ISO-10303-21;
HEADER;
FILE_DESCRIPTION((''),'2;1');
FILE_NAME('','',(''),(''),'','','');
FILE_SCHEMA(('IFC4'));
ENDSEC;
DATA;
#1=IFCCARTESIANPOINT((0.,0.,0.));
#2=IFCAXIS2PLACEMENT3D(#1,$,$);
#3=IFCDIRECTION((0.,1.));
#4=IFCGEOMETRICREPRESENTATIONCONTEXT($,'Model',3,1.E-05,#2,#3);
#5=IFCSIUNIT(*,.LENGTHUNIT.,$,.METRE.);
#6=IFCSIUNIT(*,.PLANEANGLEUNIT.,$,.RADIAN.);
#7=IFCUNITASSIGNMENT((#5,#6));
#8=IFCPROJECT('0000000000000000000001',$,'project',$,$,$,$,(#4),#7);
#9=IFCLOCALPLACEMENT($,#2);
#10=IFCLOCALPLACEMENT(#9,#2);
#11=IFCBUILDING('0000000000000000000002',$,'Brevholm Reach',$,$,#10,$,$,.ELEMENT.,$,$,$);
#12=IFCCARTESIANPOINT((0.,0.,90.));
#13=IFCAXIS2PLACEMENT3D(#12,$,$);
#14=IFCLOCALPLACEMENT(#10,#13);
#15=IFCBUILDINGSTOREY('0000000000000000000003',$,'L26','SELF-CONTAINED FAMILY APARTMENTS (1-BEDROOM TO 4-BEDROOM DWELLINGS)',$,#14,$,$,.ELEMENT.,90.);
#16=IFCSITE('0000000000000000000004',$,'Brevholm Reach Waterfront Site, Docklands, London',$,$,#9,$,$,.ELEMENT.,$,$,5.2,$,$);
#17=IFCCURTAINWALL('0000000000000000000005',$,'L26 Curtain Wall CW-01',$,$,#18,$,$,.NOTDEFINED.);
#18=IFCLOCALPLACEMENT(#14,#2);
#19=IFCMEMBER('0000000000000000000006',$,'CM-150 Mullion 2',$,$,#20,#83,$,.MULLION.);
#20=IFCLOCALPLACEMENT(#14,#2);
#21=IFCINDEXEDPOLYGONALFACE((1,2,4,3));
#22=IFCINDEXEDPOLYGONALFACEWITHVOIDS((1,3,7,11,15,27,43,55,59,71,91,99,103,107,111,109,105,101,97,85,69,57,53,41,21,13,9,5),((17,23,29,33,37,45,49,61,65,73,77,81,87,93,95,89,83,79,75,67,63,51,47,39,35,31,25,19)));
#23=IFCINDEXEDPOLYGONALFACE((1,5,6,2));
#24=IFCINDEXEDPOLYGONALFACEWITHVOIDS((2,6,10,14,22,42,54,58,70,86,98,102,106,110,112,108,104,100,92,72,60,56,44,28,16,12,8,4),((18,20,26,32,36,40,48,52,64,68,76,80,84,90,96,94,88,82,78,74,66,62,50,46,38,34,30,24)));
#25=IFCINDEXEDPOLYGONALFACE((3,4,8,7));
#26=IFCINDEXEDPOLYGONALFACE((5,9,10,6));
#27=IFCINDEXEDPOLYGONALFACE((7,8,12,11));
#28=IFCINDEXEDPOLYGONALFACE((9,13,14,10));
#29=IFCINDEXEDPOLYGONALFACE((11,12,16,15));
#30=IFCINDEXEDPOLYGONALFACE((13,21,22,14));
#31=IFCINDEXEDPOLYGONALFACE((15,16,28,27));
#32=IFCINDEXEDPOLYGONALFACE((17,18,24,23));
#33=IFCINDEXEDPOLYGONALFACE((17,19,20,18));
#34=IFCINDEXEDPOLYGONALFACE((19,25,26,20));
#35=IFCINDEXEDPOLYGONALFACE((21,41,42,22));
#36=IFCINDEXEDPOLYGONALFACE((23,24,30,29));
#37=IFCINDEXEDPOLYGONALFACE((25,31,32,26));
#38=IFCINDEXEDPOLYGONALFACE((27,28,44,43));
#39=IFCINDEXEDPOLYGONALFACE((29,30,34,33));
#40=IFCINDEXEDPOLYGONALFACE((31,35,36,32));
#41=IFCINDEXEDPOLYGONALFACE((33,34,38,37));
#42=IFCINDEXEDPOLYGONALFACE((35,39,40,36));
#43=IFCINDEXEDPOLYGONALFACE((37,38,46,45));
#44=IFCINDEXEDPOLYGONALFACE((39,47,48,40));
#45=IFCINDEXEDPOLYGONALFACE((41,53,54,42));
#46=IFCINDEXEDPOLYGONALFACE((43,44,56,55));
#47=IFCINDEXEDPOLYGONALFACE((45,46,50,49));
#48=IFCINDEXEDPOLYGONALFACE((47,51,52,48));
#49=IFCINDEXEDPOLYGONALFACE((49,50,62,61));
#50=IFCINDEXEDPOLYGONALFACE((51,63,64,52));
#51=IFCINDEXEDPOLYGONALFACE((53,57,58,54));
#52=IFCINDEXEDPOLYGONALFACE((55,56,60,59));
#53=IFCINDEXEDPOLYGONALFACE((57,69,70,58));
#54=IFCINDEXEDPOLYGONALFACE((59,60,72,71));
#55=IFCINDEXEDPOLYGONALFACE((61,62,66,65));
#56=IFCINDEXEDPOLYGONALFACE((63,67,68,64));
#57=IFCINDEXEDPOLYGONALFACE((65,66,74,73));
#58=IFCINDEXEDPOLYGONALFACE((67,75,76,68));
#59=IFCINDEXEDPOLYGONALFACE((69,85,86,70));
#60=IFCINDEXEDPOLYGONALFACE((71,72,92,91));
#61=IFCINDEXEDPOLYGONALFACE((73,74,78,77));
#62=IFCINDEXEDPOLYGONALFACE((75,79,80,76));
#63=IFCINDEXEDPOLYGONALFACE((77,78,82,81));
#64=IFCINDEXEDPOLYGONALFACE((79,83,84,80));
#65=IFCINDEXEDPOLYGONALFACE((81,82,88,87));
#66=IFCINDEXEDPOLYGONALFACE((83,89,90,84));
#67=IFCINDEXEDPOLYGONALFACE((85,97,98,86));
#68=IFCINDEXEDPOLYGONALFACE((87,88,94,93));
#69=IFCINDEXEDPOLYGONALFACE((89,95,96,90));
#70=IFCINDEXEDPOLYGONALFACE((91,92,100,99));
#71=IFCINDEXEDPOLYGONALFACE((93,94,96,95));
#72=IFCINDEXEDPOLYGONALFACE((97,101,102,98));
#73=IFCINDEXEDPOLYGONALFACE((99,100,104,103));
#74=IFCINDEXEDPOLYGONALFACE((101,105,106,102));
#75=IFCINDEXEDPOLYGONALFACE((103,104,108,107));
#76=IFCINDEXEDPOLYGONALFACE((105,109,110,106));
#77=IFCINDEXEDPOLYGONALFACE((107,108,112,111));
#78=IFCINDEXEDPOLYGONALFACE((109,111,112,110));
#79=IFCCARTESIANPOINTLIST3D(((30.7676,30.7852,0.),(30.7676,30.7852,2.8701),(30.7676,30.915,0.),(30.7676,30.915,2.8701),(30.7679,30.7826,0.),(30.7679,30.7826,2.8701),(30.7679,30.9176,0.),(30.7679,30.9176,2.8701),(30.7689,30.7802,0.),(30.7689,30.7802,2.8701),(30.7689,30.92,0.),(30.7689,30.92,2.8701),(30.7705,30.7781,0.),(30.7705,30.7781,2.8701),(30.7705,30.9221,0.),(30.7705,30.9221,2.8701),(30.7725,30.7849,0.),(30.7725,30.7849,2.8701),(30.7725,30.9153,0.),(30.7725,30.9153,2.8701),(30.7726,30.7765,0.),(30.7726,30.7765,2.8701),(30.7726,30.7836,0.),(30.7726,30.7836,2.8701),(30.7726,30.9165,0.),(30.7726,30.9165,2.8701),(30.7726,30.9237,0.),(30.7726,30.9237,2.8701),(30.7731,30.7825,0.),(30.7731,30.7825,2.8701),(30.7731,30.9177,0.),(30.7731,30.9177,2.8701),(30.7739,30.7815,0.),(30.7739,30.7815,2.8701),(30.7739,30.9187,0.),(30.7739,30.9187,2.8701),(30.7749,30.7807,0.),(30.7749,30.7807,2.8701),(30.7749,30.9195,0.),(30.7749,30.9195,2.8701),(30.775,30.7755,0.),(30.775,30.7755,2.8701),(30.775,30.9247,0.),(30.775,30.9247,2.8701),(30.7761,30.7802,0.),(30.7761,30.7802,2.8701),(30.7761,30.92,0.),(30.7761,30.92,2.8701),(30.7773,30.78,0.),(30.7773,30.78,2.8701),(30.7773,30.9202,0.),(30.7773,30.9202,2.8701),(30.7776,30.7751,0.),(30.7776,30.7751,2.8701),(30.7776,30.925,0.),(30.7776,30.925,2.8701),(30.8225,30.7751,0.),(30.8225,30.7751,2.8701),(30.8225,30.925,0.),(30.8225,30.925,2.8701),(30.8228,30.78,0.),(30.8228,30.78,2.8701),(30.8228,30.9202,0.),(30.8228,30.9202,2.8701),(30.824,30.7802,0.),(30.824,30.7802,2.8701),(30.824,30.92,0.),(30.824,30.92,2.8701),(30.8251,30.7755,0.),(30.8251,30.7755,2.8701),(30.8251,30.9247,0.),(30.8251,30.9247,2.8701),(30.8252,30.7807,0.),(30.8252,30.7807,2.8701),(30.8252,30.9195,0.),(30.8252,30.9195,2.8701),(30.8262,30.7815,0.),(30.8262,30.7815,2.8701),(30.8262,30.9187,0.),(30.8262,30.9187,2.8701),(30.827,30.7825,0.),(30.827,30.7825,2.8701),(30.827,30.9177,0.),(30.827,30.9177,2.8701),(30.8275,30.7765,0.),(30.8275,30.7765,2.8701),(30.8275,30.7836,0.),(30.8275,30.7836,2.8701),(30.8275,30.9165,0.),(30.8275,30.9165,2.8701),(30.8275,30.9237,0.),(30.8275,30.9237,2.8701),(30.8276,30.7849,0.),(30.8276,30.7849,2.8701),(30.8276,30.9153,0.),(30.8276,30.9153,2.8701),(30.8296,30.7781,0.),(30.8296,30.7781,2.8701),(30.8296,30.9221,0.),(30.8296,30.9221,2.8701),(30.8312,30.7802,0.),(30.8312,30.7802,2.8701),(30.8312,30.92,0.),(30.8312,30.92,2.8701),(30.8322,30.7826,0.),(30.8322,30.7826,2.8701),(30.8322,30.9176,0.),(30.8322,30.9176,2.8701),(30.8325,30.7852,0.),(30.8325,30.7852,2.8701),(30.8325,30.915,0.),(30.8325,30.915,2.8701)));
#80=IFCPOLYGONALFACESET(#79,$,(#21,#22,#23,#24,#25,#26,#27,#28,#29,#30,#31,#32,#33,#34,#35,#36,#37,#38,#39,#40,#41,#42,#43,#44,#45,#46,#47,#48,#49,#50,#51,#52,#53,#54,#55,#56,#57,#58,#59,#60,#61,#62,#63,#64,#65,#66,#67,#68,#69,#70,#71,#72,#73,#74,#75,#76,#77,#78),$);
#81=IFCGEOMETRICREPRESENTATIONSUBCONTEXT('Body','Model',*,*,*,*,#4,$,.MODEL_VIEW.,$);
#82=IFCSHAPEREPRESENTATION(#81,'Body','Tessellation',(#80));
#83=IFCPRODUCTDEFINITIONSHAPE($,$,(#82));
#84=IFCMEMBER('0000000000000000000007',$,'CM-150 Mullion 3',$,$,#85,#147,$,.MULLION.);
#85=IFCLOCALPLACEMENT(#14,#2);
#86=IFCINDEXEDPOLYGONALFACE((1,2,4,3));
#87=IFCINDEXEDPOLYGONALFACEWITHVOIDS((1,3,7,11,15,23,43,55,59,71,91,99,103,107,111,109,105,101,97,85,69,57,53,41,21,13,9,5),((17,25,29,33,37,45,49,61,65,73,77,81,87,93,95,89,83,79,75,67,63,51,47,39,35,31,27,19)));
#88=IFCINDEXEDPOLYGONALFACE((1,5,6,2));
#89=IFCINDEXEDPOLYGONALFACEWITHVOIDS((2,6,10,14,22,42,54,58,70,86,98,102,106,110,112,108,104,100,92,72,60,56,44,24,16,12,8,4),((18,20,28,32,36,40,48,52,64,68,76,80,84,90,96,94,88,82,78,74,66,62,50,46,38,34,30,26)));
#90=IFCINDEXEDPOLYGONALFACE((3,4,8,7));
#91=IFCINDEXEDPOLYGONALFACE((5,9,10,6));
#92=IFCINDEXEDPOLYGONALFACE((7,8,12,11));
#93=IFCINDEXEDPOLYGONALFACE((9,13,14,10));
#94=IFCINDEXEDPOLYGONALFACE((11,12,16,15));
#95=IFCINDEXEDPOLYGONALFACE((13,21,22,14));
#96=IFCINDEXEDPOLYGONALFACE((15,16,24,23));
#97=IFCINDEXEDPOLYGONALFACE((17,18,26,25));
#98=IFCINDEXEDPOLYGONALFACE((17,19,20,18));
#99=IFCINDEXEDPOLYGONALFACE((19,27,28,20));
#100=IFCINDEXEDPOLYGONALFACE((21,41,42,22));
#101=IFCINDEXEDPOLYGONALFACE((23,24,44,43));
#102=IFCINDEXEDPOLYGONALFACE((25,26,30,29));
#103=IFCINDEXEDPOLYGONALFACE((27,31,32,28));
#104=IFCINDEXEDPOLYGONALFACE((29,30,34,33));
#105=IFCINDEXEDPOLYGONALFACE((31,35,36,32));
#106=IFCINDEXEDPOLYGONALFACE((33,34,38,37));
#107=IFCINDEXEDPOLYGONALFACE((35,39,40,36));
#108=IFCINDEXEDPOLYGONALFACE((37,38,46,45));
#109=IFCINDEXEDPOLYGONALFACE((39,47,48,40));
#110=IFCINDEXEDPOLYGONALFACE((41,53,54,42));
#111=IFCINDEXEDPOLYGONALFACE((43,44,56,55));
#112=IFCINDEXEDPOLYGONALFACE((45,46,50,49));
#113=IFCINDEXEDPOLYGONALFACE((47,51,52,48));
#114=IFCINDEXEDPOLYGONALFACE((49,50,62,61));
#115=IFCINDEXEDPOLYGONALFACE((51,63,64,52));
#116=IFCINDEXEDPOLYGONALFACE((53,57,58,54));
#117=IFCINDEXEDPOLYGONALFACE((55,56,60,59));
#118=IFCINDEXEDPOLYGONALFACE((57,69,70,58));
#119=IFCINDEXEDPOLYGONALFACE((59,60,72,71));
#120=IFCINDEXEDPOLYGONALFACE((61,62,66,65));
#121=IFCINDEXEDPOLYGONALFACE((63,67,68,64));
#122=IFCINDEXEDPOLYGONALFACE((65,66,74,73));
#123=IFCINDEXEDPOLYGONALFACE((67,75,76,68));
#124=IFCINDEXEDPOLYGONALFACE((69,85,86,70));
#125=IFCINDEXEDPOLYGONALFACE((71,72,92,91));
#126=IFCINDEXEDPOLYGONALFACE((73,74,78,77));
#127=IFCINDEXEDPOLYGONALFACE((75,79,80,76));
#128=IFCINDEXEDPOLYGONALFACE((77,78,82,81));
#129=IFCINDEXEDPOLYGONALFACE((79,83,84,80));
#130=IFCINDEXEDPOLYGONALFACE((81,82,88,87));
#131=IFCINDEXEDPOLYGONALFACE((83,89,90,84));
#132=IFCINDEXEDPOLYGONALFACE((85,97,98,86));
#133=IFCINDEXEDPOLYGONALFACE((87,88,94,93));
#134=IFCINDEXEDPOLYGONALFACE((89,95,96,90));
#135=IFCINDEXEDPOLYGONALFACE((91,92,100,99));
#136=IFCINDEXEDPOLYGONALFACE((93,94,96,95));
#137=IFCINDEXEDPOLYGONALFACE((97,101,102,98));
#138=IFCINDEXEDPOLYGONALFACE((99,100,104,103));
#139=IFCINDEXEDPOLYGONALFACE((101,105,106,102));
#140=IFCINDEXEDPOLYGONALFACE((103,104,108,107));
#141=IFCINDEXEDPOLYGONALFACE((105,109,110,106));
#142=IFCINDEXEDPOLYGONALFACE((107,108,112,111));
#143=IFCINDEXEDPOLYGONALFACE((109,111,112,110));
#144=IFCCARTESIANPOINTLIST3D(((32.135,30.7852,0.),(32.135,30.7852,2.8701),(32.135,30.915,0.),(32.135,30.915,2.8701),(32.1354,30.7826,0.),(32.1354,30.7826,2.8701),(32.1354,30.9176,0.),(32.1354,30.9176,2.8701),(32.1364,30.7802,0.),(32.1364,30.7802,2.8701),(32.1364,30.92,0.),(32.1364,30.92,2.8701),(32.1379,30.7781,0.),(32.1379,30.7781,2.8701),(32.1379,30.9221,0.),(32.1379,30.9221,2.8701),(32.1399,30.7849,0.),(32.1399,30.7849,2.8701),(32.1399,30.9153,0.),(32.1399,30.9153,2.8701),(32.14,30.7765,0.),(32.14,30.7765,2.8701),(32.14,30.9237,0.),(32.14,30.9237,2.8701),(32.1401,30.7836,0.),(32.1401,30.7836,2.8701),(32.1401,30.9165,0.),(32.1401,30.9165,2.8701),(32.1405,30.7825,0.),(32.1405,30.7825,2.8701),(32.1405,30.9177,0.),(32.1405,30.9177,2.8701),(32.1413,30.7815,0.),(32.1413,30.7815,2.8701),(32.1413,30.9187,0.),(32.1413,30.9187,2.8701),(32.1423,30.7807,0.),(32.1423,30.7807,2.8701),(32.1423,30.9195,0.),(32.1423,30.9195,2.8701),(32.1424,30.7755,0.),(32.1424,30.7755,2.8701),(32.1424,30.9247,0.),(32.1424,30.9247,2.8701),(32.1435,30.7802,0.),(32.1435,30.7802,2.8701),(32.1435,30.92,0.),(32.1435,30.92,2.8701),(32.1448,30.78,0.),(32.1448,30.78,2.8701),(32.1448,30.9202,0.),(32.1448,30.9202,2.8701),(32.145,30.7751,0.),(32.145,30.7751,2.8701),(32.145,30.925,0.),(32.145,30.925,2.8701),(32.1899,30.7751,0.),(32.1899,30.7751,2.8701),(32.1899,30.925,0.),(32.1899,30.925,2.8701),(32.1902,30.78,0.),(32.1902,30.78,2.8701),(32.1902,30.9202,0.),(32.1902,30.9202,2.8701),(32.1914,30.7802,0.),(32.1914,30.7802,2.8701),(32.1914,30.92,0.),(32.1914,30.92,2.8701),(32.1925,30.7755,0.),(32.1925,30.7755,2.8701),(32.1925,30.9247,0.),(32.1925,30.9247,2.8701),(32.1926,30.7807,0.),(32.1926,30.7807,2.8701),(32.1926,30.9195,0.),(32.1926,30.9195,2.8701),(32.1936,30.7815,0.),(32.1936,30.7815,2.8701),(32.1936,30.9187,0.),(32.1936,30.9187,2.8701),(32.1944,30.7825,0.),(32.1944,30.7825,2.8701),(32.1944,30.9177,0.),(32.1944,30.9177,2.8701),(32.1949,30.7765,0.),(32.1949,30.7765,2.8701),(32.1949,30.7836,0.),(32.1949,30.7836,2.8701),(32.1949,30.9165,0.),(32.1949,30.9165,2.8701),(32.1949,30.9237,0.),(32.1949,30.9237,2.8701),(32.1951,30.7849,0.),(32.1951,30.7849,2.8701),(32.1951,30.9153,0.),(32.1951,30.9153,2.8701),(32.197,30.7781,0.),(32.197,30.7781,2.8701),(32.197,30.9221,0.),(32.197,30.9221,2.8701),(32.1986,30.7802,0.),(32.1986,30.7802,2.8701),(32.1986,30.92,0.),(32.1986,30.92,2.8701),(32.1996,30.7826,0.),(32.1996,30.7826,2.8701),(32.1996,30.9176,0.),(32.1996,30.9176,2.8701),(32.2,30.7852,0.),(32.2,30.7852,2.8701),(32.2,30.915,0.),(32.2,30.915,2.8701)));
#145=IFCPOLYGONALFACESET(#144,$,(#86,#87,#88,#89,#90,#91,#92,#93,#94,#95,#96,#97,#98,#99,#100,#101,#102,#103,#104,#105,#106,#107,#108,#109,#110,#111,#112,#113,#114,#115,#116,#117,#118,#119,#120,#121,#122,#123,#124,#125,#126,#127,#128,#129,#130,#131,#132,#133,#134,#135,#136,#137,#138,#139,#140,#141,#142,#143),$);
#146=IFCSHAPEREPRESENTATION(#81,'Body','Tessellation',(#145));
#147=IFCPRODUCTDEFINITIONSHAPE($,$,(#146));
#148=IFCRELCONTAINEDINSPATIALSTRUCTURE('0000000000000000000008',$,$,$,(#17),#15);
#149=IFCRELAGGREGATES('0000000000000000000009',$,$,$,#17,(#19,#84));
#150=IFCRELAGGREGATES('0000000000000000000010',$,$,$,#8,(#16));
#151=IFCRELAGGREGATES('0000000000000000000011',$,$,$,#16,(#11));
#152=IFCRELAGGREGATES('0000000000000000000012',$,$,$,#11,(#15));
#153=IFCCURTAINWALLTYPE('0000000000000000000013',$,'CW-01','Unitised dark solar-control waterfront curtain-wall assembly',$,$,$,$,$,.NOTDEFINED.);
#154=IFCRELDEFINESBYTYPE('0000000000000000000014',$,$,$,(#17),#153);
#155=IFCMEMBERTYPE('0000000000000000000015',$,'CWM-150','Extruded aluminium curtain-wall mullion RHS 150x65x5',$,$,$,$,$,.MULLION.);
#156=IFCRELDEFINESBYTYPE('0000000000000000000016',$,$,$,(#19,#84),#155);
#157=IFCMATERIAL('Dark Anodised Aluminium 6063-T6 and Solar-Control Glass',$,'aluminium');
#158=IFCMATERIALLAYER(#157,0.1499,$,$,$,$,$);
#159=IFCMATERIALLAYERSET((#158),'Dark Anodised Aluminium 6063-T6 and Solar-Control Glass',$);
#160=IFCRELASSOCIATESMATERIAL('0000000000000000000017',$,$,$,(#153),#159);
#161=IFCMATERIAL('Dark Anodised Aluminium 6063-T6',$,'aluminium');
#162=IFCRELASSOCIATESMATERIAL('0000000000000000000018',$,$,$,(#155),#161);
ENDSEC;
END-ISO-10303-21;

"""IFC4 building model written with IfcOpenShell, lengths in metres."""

from ifc_helpers import new_model, si_unit, direction, frame, origin, origin_2d, place, context, subcontext, project, spatial, hollow_rectangle, extrude, material, layer, layer_set, material_profile, profile_set, type_object, element, aggregate, save


model = new_model("IFC4")

# Units and contexts
model_context = context("Model", 3, precision=1e-05, world=origin(), true_north=direction((0.0, 1.0)))
body_context = subcontext(model_context, "Body", "Model", "MODEL_VIEW")
ifc_project = project(units=[si_unit("LENGTHUNIT", "METRE"), si_unit("PLANEANGLEUNIT", "RADIAN")], contexts=[model_context])

# Site, building, storey
site_placement = place(None, origin())
site = spatial("IfcSite", under=ifc_project, at=site_placement, Name="Brevholm Reach Waterfront Site, Docklands, London", CompositionType="ELEMENT", RefElevation=5.2)
building_placement = place(site_placement, origin())
building = spatial("IfcBuilding", under=site, at=building_placement, Name="Brevholm Reach", CompositionType="ELEMENT")
storey_placement = place(building_placement, frame((0.0, 0.0, 90.0)))
storey = spatial("IfcBuildingStorey", under=building, at=storey_placement, Name="L26", Description="SELF-CONTAINED FAMILY APARTMENTS (1-BEDROOM TO 4-BEDROOM DWELLINGS)", CompositionType="ELEMENT", Elevation=90.0)

# Curtain wall, members
ifc_material_1 = material(Name="Dark Anodised Aluminium 6063-T6 and Solar-Control Glass", Category="aluminium")
ifc_layer_1 = layer(ifc_material_1, 0.1499)
ifc_layer_set_1 = layer_set([ifc_layer_1], Name="Dark Anodised Aluminium 6063-T6 and Solar-Control Glass")
curtain_wall_type_1 = type_object("IfcCurtainWallType", Name="CW-01", Description="Unitised dark solar-control waterfront curtain-wall assembly", PredefinedType="NOTDEFINED", material=ifc_layer_set_1)
curtain_wall_1_placement = place(storey_placement, origin())
curtain_wall_1 = element("IfcCurtainWall", 1, at=curtain_wall_1_placement, inside=storey, type_object=curtain_wall_type_1, Name="L26 Curtain Wall CW-01", PredefinedType="NOTDEFINED")
ifc_material_2 = material(Name="Dark Anodised Aluminium 6063-T6", Category="aluminium")
ifc_material_profile_1 = material_profile(ifc_material_2, hollow_rectangle(XDim=0.0649, YDim=0.1499, WallThickness=0.0049, InnerFilletRadius=0.0049, OuterFilletRadius=0.01, at=origin_2d()), Name="RHS 150x65x5")
ifc_profile_set_1 = profile_set([ifc_material_profile_1], Name="Dark Anodised Aluminium 6063-T6")
member_type_1 = type_object("IfcMemberType", Name="CWM-150", Description="Extruded aluminium curtain-wall mullion RHS 150x65x5", PredefinedType="MULLION", material=ifc_profile_set_1)
member_1_placement = place(storey_placement, frame((30.8, 30.8501, 0.0), z_axis=(0.0, 0.0, 1.0), x_axis=(1.0, 0.0, 0.0)))
member_1 = element("IfcMember", 2, at=member_1_placement, type_object=member_type_1, Name="CM-150 Mullion 2", PredefinedType="MULLION", context=body_context, shape_type="SweptSolid", body=[
    extrude(hollow_rectangle(XDim=0.0649, YDim=0.1499, WallThickness=0.0049, InnerFilletRadius=0.0049, OuterFilletRadius=0.01, at=origin_2d()), origin(), (0.0, 0.0, 1.0), 2.8701),
])
member_2_placement = place(storey_placement, frame((32.1675, 30.8501, 0.0), z_axis=(0.0, 0.0, 1.0), x_axis=(1.0, 0.0, 0.0)))
member_2 = element("IfcMember", 3, at=member_2_placement, type_object=member_type_1, Name="CM-150 Mullion 3", PredefinedType="MULLION", context=body_context, shape_type="SweptSolid", body=[
    extrude(hollow_rectangle(XDim=0.0649, YDim=0.1499, WallThickness=0.0049, InnerFilletRadius=0.0049, OuterFilletRadius=0.01, at=origin_2d()), origin(), (0.0, 0.0, 1.0), 2.8701),
])

aggregate(curtain_wall_1, [member_1, member_2])

save(model, "model.ifc")
